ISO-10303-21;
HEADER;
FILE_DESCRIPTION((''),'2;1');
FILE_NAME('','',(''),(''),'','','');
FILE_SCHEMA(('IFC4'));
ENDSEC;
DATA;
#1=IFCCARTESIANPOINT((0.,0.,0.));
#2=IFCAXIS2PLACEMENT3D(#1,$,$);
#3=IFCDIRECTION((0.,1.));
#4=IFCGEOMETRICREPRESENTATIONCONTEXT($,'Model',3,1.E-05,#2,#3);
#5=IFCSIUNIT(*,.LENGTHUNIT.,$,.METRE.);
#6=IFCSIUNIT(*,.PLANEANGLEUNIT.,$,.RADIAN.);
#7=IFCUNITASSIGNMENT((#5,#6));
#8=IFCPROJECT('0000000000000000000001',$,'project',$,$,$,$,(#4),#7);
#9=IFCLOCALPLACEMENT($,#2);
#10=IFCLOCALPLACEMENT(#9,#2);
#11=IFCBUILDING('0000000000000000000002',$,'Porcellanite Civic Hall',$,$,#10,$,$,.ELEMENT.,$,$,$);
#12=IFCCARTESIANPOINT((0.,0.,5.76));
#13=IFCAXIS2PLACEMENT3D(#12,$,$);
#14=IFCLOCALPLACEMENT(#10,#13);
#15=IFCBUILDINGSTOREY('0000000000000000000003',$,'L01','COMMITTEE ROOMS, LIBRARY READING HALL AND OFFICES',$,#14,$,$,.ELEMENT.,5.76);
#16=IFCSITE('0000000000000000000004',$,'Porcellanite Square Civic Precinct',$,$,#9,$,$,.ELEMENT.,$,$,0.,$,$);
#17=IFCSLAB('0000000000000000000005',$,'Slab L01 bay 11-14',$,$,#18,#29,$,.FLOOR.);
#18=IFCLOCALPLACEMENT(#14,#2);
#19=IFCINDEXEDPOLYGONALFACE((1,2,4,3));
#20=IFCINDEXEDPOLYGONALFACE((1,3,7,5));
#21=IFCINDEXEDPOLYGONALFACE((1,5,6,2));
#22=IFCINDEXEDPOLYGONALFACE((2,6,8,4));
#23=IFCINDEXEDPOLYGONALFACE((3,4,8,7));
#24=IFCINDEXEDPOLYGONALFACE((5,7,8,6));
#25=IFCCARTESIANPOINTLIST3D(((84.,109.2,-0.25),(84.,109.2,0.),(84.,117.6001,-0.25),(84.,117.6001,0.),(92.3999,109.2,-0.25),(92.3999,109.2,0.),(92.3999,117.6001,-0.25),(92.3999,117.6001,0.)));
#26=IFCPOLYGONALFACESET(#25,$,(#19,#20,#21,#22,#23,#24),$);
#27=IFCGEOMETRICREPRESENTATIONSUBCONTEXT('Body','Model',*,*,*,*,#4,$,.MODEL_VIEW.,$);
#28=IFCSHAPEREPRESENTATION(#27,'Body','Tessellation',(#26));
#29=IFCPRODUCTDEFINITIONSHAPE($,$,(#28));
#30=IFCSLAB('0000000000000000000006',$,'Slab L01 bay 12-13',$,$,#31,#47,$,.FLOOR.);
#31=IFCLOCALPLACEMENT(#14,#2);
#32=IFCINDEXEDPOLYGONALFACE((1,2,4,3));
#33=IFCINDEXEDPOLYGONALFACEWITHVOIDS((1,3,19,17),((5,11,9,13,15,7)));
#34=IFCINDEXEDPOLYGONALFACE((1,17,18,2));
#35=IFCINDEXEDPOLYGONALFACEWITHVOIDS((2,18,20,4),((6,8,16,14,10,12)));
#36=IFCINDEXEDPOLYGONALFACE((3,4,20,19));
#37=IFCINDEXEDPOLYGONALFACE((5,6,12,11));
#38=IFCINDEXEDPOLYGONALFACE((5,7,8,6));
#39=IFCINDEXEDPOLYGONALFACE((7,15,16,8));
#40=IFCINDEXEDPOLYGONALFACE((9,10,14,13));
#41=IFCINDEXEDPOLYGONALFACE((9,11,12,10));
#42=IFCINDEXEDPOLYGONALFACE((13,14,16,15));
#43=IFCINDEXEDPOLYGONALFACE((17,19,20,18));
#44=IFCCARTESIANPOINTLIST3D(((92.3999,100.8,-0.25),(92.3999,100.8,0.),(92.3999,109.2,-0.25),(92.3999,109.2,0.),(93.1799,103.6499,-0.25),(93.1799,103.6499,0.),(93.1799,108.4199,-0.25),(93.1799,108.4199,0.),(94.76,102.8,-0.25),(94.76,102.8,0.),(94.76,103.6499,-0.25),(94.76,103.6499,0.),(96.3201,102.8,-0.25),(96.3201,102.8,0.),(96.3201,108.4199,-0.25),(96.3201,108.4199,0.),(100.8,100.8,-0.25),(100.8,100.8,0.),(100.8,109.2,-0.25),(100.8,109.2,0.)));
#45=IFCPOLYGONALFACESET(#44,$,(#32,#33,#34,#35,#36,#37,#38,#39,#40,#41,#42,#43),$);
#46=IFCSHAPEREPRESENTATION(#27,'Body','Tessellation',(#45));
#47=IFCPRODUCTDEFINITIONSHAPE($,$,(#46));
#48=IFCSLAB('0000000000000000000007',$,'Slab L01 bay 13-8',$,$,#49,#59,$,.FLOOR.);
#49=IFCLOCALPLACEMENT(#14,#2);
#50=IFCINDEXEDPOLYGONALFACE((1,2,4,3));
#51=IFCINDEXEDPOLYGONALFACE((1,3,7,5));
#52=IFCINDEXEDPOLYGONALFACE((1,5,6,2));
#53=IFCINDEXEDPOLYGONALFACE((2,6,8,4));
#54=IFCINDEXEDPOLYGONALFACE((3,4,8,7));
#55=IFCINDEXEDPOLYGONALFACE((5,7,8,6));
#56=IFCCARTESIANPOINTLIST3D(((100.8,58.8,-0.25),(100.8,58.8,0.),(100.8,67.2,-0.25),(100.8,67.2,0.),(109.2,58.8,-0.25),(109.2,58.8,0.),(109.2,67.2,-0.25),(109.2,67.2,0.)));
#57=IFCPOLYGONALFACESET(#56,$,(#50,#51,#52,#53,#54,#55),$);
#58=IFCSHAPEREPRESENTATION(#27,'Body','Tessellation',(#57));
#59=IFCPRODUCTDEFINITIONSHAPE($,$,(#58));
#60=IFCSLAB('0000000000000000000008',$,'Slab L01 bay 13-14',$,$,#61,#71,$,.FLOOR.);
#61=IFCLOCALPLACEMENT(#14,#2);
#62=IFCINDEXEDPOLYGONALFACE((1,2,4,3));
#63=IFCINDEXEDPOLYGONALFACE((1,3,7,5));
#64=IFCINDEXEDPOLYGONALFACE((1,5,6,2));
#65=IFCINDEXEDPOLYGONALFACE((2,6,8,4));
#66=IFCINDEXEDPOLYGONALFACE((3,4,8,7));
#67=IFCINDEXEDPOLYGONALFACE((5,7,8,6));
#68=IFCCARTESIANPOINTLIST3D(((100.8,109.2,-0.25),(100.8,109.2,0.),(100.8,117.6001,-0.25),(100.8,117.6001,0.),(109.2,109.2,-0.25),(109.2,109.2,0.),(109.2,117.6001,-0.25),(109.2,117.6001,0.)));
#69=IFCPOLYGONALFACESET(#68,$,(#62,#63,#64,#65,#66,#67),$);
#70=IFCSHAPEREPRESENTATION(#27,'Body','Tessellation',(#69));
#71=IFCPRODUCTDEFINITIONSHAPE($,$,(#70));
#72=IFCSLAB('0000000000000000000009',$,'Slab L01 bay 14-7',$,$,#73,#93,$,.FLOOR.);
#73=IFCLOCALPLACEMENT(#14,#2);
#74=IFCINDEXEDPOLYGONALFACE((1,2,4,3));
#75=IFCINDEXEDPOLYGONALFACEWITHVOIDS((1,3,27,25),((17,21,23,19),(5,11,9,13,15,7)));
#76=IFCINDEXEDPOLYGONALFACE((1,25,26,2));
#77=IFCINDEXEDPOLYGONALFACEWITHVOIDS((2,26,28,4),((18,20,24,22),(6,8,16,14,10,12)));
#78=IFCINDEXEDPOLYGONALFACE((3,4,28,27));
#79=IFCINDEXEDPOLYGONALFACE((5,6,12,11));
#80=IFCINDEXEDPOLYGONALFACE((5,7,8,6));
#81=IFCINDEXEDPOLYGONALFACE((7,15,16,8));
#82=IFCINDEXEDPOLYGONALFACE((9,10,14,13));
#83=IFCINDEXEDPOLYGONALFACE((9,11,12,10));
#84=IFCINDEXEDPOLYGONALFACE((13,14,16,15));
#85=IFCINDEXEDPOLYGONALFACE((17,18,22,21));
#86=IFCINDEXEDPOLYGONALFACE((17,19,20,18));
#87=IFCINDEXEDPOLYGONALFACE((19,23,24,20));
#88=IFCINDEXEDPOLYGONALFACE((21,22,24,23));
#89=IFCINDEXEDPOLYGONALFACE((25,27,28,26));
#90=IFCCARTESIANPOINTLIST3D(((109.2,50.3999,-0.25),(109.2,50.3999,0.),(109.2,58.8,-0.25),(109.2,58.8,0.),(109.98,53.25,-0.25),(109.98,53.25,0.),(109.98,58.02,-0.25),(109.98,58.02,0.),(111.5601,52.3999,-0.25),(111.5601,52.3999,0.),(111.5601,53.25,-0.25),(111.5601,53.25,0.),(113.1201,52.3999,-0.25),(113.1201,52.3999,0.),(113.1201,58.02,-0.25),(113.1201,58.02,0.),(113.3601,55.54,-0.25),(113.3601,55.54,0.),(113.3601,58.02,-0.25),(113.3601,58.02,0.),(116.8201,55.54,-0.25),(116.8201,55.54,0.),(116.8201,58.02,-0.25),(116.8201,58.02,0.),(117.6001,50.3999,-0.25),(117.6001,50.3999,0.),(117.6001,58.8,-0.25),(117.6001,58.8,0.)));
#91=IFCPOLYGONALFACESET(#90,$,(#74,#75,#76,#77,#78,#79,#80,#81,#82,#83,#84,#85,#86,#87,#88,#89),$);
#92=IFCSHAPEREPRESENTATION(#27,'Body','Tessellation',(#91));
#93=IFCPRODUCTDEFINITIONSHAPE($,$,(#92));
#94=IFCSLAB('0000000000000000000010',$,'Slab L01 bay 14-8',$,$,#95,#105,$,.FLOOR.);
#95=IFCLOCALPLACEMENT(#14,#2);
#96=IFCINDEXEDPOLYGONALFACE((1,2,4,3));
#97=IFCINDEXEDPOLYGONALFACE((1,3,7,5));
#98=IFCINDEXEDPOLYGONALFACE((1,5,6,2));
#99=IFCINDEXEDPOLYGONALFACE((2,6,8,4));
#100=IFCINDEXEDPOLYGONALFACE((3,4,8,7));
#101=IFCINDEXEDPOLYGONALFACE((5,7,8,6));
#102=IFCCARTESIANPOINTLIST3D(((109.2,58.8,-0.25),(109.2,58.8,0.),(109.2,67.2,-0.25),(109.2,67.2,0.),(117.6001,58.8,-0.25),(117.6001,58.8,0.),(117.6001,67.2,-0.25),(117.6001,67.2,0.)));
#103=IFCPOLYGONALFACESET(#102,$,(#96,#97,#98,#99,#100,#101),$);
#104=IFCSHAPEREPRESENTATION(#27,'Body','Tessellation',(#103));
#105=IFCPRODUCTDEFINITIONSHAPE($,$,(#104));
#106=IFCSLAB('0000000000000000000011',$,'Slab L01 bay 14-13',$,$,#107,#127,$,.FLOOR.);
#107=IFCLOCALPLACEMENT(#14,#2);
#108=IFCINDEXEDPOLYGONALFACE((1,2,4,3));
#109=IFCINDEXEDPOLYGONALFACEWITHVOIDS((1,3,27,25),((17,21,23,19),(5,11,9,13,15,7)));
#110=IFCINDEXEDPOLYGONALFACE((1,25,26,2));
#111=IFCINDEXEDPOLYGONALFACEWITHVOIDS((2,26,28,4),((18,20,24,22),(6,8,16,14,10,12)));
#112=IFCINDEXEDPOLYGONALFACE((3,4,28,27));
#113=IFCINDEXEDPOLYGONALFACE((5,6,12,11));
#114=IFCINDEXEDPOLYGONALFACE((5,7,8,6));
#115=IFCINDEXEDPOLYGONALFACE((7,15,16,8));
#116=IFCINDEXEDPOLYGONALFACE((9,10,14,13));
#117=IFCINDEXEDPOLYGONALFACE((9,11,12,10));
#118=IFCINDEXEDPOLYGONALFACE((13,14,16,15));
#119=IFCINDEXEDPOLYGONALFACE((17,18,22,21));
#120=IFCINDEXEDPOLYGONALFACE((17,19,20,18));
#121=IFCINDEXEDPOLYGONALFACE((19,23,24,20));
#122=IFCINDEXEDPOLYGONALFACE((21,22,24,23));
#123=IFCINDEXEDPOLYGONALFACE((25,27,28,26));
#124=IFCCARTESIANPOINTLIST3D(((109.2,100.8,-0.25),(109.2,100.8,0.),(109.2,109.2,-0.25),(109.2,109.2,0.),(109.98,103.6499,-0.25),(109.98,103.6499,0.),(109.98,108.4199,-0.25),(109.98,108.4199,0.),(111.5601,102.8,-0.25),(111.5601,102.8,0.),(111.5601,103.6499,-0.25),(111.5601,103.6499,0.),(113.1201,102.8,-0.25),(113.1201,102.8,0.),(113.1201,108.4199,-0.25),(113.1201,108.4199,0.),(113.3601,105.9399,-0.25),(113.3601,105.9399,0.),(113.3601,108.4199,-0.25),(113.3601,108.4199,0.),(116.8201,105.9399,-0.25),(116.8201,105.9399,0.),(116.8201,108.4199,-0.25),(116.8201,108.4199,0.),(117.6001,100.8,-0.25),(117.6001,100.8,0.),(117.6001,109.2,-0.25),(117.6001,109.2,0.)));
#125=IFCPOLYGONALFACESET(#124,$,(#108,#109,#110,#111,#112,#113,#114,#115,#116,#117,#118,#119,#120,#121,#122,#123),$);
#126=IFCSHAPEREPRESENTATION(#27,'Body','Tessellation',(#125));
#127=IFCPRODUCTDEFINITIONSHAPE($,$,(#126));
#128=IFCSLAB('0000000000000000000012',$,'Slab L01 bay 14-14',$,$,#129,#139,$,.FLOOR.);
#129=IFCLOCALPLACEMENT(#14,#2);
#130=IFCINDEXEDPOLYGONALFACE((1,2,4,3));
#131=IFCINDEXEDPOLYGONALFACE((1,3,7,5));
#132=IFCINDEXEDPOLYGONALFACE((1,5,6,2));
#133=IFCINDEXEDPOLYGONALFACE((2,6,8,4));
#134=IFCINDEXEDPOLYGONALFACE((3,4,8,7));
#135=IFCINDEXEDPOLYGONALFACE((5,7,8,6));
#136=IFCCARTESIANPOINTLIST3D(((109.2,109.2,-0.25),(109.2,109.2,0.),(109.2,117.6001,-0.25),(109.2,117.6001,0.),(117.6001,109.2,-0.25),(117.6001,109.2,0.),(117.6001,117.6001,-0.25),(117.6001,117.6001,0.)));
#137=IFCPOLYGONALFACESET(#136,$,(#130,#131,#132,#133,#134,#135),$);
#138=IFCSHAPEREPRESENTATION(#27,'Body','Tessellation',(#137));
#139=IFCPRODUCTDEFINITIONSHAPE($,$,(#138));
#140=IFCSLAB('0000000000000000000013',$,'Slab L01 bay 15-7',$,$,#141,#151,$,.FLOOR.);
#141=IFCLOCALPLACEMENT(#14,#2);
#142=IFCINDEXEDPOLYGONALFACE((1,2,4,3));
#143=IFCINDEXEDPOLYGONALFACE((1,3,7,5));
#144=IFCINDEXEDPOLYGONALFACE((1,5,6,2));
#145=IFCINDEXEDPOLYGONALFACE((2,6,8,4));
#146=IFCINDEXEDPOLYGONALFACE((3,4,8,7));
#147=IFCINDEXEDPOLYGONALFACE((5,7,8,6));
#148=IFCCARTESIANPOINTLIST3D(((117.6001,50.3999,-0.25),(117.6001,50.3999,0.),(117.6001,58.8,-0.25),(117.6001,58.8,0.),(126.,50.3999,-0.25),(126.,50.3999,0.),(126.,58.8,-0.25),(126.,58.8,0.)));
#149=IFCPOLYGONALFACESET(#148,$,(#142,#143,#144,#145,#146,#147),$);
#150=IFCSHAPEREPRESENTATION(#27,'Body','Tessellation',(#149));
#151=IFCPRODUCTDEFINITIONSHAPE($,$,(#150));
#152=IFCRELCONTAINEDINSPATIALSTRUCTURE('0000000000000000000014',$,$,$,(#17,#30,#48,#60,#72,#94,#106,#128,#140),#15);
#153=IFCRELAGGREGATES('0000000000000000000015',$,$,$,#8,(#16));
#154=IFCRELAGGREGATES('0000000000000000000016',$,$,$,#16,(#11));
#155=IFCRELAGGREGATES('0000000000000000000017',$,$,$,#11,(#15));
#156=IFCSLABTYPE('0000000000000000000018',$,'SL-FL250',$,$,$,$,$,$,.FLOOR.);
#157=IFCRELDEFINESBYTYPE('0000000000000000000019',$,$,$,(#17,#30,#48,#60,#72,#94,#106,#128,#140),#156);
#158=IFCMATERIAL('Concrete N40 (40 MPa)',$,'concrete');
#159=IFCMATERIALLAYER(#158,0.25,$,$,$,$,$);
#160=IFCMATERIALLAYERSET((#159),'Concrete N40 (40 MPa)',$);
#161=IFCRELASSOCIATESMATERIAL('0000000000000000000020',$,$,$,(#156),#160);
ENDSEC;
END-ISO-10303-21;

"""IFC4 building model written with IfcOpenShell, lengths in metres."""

from ifc_helpers import new_model, si_unit, direction, frame, origin, place, context, subcontext, project, spatial, polyline, outline, extrude, material, layer, layer_set, type_object, element, save


model = new_model("IFC4")

# Units and contexts
model_context = context("Model", 3, precision=1e-05, world=origin(), true_north=direction((0.0, 1.0)))
body_context = subcontext(model_context, "Body", "Model", "MODEL_VIEW")
ifc_project = project(units=[si_unit("LENGTHUNIT", "METRE"), si_unit("PLANEANGLEUNIT", "RADIAN")], contexts=[model_context])

# Site, building, storey
site_placement = place(None, origin())
site = spatial("IfcSite", under=ifc_project, at=site_placement, Name="Porcellanite Square Civic Precinct", CompositionType="ELEMENT", RefElevation=0.0)
building_placement = place(site_placement, origin())
building = spatial("IfcBuilding", under=site, at=building_placement, Name="Porcellanite Civic Hall", CompositionType="ELEMENT")
storey_placement = place(building_placement, frame((0.0, 0.0, 5.76)))
storey = spatial("IfcBuildingStorey", under=building, at=storey_placement, Name="L01", Description="COMMITTEE ROOMS, LIBRARY READING HALL AND OFFICES", CompositionType="ELEMENT", Elevation=5.76)

# Slabs
ifc_material = material(Name="Concrete N40 (40 MPa)", Category="concrete")
ifc_layer = layer(ifc_material, 0.25)
ifc_layer_set = layer_set([ifc_layer], Name="Concrete N40 (40 MPa)")
slab_type = type_object("IfcSlabType", Name="SL-FL250", PredefinedType="FLOOR", material=ifc_layer_set)
slab_1_placement = place(storey_placement, frame((0.0, 0.0, -0.25)))
element("IfcSlab", 1, at=slab_1_placement, inside=storey, type_object=slab_type, Name="Slab L01 bay 11-14", PredefinedType="FLOOR", context=body_context, shape_type="SweptSolid", body=[
    extrude(outline(polyline([(84.0, 109.2), (92.3999, 109.2), (92.3999, 117.6001), (84.0, 117.6001), (84.0, 109.2)])), origin(), (0.0, 0.0, 1.0), 0.25),
])
slab_2_placement = place(storey_placement, frame((0.0, 0.0, -0.25)))
element("IfcSlab", 2, at=slab_2_placement, inside=storey, type_object=slab_type, Name="Slab L01 bay 12-13", PredefinedType="FLOOR", context=body_context, shape_type="SweptSolid", body=[
    extrude(outline(polyline([(92.3999, 100.8), (100.8, 100.8), (100.8, 109.2), (92.3999, 109.2), (92.3999, 100.8)]), holes=[polyline([(93.1799, 103.6499), (94.76, 103.6499), (94.76, 102.8), (96.3201, 102.8), (96.3201, 108.4199), (93.1799, 108.4199), (93.1799, 103.6499)])]), origin(), (0.0, 0.0, 1.0), 0.25),
])
slab_3_placement = place(storey_placement, frame((0.0, 0.0, -0.25)))
element("IfcSlab", 3, at=slab_3_placement, inside=storey, type_object=slab_type, Name="Slab L01 bay 13-8", PredefinedType="FLOOR", context=body_context, shape_type="SweptSolid", body=[
    extrude(outline(polyline([(100.8, 58.8), (109.2, 58.8), (109.2, 67.2), (100.8, 67.2), (100.8, 58.8)])), origin(), (0.0, 0.0, 1.0), 0.25),
])
slab_4_placement = place(storey_placement, frame((0.0, 0.0, -0.25)))
element("IfcSlab", 4, at=slab_4_placement, inside=storey, type_object=slab_type, Name="Slab L01 bay 13-14", PredefinedType="FLOOR", context=body_context, shape_type="SweptSolid", body=[
    extrude(outline(polyline([(100.8, 109.2), (109.2, 109.2), (109.2, 117.6001), (100.8, 117.6001), (100.8, 109.2)])), origin(), (0.0, 0.0, 1.0), 0.25),
])
slab_5_placement = place(storey_placement, frame((0.0, 0.0, -0.25)))
element("IfcSlab", 5, at=slab_5_placement, inside=storey, type_object=slab_type, Name="Slab L01 bay 14-7", PredefinedType="FLOOR", context=body_context, shape_type="SweptSolid", body=[
    extrude(outline(polyline([(109.2, 50.3999), (117.6001, 50.3999), (117.6001, 58.8), (109.2, 58.8), (109.2, 50.3999)]), holes=[polyline([(109.98, 53.25), (111.5601, 53.25), (111.5601, 52.3999), (113.1201, 52.3999), (113.1201, 58.02), (109.98, 58.02), (109.98, 53.25)]), polyline([(113.3601, 55.54), (116.8201, 55.54), (116.8201, 58.02), (113.3601, 58.02), (113.3601, 55.54)])]), origin(), (0.0, 0.0, 1.0), 0.25),
])
slab_6_placement = place(storey_placement, frame((0.0, 0.0, -0.25)))
element("IfcSlab", 6, at=slab_6_placement, inside=storey, type_object=slab_type, Name="Slab L01 bay 14-8", PredefinedType="FLOOR", context=body_context, shape_type="SweptSolid", body=[
    extrude(outline(polyline([(109.2, 58.8), (117.6001, 58.8), (117.6001, 67.2), (109.2, 67.2), (109.2, 58.8)])), origin(), (0.0, 0.0, 1.0), 0.25),
])
slab_7_placement = place(storey_placement, frame((0.0, 0.0, -0.25)))
element("IfcSlab", 7, at=slab_7_placement, inside=storey, type_object=slab_type, Name="Slab L01 bay 14-13", PredefinedType="FLOOR", context=body_context, shape_type="SweptSolid", body=[
    extrude(outline(polyline([(109.2, 100.8), (117.6001, 100.8), (117.6001, 109.2), (109.2, 109.2), (109.2, 100.8)]), holes=[polyline([(109.98, 103.6499), (111.5601, 103.6499), (111.5601, 102.8), (113.1201, 102.8), (113.1201, 108.4199), (109.98, 108.4199), (109.98, 103.6499)]), polyline([(113.3601, 105.9399), (116.8201, 105.9399), (116.8201, 108.4199), (113.3601, 108.4199), (113.3601, 105.9399)])]), origin(), (0.0, 0.0, 1.0), 0.25),
])
slab_8_placement = place(storey_placement, frame((0.0, 0.0, -0.25)))
element("IfcSlab", 8, at=slab_8_placement, inside=storey, type_object=slab_type, Name="Slab L01 bay 14-14", PredefinedType="FLOOR", context=body_context, shape_type="SweptSolid", body=[
    extrude(outline(polyline([(109.2, 109.2), (117.6001, 109.2), (117.6001, 117.6001), (109.2, 117.6001), (109.2, 109.2)])), origin(), (0.0, 0.0, 1.0), 0.25),
])
slab_9_placement = place(storey_placement, frame((0.0, 0.0, -0.25)))
element("IfcSlab", 9, at=slab_9_placement, inside=storey, type_object=slab_type, Name="Slab L01 bay 15-7", PredefinedType="FLOOR", context=body_context, shape_type="SweptSolid", body=[
    extrude(outline(polyline([(117.6001, 50.3999), (126.0, 50.3999), (126.0, 58.8), (117.6001, 58.8), (117.6001, 50.3999)])), origin(), (0.0, 0.0, 1.0), 0.25),
])

save(model, "model.ifc")
